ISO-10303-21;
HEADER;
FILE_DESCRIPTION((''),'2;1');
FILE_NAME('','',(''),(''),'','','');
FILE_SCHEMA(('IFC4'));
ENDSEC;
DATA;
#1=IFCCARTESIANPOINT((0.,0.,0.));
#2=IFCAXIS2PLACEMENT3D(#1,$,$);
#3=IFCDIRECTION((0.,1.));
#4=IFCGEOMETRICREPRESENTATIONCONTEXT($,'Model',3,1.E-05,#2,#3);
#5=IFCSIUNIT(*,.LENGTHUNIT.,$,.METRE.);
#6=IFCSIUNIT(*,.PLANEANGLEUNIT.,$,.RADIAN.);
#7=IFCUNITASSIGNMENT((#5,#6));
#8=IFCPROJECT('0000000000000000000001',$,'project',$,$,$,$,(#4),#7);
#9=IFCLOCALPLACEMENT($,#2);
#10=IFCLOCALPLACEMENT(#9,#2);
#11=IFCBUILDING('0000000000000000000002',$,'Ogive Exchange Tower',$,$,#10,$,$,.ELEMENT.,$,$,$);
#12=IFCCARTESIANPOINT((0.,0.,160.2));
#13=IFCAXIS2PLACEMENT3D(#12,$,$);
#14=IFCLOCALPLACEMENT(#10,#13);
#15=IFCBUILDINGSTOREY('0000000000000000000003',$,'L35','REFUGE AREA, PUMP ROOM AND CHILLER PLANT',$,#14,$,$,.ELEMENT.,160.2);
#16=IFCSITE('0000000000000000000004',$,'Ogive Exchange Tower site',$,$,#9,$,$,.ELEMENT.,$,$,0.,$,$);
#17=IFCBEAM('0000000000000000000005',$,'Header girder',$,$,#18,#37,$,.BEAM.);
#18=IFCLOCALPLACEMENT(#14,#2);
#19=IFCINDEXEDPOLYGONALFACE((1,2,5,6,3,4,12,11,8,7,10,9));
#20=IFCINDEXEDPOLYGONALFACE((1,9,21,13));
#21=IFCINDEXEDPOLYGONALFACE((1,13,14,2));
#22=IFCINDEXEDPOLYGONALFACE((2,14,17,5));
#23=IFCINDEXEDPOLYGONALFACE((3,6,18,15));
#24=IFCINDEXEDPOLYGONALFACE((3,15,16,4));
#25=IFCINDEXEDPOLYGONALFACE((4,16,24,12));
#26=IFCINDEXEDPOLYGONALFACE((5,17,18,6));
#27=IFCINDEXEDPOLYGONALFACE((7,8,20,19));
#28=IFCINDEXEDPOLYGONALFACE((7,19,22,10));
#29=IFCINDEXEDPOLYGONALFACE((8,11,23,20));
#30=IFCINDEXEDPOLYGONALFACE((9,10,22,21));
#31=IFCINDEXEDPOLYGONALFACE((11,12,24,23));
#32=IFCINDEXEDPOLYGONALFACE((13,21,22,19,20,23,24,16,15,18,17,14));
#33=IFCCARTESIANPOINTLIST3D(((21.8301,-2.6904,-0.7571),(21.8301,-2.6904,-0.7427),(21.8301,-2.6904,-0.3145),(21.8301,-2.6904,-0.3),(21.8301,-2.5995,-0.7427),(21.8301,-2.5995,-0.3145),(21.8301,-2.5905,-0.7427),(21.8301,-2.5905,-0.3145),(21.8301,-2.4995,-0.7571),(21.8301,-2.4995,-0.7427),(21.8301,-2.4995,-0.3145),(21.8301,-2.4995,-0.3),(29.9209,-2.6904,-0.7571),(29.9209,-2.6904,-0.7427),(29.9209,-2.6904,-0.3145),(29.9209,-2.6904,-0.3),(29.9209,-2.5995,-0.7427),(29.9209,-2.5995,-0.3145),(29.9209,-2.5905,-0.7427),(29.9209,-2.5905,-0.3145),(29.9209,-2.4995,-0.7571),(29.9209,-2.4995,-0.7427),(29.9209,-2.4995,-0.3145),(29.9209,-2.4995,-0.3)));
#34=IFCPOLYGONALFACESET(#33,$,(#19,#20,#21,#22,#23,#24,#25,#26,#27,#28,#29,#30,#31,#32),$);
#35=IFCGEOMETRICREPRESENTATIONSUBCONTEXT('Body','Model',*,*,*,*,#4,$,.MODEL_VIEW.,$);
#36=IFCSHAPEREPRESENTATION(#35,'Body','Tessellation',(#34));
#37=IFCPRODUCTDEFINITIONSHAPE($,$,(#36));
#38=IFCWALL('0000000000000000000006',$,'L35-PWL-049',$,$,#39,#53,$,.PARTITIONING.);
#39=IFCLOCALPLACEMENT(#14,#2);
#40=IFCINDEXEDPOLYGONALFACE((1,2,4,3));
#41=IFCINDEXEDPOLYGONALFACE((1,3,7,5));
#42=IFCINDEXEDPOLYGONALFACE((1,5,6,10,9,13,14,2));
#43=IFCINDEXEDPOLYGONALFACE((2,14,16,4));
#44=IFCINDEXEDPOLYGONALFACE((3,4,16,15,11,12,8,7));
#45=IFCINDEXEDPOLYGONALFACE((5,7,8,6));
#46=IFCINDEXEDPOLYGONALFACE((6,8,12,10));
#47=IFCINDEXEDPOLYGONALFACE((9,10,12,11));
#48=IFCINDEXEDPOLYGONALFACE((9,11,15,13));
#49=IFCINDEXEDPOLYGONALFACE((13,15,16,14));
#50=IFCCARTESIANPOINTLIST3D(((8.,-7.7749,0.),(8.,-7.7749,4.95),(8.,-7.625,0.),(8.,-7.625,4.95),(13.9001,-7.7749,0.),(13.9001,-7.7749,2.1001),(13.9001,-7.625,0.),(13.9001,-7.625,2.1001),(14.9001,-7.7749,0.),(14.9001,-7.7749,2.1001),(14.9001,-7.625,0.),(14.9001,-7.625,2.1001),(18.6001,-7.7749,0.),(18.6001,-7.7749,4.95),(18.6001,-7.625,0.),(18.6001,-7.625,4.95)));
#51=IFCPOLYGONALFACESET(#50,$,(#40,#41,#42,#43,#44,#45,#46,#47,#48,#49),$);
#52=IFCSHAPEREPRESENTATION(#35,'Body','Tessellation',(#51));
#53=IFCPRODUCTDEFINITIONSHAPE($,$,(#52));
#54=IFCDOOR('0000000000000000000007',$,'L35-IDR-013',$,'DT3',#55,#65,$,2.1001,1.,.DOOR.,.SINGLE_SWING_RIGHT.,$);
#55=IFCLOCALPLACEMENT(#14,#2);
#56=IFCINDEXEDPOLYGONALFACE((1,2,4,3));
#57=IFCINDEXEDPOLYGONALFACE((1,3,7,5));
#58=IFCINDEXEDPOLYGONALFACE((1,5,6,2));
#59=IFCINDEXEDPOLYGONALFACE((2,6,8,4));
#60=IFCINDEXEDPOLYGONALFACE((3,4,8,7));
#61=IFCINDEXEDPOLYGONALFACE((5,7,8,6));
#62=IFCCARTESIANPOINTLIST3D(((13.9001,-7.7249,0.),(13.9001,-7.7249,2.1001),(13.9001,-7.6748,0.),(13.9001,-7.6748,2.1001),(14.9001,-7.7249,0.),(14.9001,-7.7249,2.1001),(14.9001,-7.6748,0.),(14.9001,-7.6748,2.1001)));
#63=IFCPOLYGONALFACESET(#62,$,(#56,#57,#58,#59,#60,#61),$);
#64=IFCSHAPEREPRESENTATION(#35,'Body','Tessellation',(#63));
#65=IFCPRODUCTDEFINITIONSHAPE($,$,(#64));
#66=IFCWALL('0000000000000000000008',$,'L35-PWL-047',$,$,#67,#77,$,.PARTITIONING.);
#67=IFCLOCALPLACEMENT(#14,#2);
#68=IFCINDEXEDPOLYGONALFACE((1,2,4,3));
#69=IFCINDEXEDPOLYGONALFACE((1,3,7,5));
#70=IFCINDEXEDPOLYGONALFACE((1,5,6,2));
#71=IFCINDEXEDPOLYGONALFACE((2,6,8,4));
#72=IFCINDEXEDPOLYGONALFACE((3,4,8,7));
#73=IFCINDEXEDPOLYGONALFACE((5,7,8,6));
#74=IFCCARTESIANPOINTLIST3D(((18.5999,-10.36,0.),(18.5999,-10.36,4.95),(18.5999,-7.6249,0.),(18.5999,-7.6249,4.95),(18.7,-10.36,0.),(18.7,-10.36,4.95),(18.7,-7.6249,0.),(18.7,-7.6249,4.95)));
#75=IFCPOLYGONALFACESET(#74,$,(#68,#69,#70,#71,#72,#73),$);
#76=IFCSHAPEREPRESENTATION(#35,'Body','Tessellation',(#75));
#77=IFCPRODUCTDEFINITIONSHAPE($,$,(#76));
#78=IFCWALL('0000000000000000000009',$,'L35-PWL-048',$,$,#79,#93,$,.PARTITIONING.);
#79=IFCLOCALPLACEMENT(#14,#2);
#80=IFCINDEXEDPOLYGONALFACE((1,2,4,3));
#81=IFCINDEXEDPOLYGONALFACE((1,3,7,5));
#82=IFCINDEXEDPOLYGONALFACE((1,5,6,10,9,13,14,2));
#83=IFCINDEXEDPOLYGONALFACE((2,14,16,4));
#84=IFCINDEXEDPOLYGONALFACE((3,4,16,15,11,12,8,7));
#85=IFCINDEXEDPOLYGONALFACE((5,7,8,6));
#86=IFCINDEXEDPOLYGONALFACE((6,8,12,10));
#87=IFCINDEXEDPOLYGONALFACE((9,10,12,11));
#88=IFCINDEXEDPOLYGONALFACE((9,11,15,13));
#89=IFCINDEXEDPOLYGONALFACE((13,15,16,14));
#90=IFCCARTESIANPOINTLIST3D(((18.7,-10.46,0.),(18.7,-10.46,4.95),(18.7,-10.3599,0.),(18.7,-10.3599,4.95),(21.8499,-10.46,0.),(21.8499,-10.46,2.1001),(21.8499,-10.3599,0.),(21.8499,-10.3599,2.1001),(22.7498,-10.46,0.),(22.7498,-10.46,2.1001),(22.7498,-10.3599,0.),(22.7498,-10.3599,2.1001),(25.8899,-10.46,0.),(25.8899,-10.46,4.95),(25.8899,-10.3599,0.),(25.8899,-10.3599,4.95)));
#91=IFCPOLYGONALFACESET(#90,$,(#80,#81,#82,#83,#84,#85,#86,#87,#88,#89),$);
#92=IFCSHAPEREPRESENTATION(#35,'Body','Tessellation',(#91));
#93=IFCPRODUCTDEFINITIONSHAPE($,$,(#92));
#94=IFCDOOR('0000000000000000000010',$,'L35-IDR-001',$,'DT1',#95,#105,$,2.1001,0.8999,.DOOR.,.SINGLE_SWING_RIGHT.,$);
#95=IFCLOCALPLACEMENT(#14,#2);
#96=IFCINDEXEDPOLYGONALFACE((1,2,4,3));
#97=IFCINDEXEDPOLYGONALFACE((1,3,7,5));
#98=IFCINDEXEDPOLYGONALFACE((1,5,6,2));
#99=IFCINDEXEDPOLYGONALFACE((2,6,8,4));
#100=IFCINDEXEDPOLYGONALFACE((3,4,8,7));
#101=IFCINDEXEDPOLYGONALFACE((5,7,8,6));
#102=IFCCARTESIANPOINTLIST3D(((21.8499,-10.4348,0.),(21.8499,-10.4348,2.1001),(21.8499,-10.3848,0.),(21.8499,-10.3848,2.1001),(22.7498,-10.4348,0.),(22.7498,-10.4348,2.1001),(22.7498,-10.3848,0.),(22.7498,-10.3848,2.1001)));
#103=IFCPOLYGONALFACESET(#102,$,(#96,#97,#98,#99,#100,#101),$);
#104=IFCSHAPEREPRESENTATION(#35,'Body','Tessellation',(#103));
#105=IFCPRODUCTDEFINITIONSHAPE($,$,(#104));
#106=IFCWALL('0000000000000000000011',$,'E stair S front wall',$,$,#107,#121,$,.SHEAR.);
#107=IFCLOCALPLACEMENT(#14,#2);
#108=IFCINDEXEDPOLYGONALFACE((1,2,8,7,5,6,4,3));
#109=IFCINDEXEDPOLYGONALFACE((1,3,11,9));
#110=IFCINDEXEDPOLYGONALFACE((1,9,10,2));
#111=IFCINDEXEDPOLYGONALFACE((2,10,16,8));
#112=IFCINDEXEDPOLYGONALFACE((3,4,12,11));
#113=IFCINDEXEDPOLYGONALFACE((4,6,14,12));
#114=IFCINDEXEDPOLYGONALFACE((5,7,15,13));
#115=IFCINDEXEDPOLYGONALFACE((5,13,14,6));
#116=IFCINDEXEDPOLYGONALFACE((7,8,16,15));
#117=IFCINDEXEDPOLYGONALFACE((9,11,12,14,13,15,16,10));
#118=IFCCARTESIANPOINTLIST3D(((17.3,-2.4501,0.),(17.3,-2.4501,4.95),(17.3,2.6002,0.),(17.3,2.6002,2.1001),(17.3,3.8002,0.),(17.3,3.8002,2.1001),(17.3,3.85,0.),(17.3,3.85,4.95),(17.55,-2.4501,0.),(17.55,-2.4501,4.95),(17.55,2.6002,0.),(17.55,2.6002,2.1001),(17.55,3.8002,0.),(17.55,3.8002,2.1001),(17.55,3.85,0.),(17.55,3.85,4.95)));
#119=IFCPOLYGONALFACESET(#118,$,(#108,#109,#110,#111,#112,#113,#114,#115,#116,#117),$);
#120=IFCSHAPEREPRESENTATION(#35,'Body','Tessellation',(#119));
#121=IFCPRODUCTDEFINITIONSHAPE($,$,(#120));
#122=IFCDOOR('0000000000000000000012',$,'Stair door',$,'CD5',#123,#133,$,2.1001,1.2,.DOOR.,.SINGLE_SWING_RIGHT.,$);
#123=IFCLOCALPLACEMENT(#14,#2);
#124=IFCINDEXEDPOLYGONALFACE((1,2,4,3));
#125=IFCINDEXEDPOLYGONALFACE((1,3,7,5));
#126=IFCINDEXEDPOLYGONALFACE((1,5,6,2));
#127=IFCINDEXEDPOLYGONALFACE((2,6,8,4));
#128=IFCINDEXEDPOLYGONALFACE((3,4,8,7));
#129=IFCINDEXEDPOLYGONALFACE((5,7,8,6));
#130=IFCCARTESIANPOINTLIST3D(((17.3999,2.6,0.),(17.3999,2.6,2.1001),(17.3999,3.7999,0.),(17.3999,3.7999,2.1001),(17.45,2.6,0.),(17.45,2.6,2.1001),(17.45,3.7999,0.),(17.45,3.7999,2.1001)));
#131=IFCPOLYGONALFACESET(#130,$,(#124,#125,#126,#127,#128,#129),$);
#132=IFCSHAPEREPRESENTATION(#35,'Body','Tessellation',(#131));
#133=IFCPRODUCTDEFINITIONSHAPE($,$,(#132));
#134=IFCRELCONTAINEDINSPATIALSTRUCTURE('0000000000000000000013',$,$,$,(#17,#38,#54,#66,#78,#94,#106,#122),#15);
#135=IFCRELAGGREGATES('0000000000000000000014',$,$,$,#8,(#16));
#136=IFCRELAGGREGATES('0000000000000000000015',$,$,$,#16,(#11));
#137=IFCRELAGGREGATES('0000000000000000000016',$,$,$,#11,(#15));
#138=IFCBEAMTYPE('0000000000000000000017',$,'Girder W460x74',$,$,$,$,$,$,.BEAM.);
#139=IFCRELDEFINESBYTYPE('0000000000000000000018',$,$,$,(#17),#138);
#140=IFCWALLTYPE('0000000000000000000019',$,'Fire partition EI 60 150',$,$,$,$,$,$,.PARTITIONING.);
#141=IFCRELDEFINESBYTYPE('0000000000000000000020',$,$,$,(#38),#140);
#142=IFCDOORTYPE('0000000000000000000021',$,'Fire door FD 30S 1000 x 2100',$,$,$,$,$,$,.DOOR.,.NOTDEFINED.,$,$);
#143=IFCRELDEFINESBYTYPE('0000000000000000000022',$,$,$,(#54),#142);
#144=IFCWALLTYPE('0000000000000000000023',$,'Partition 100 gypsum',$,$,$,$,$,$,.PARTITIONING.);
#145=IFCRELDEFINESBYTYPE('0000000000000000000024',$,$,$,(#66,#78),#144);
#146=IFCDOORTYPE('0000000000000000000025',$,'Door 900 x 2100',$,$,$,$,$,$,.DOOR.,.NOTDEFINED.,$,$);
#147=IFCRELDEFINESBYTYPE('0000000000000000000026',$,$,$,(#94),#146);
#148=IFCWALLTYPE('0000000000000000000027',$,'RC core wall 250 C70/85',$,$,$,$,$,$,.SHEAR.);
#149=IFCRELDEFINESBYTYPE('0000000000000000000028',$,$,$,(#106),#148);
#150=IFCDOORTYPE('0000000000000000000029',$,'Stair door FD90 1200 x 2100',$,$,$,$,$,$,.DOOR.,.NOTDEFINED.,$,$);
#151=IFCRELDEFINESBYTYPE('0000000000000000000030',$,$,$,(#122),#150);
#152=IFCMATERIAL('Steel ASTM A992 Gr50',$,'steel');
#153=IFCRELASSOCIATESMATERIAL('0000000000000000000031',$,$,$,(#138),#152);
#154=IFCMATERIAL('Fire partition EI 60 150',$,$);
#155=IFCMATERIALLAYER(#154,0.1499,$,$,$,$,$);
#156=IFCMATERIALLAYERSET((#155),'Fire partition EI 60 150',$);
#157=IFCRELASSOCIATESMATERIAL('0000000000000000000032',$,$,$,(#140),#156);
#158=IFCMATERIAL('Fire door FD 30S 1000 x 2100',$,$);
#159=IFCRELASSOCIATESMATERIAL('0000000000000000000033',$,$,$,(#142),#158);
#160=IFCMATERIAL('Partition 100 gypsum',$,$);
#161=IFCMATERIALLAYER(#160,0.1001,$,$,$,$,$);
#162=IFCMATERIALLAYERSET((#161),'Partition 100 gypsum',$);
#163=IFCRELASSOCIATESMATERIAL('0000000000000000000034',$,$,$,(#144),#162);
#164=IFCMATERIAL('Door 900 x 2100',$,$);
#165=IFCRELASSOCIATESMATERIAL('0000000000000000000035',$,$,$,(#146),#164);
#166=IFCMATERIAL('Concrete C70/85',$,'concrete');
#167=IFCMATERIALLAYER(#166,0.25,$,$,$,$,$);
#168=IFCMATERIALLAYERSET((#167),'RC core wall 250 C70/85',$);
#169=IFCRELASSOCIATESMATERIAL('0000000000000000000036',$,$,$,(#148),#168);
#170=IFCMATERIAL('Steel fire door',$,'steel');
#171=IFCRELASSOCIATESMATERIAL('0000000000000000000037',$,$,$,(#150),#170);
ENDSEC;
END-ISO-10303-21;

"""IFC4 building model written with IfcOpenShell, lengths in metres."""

from ifc_helpers import new_model, si_unit, direction, frame, frame_2d, origin, origin_2d, place, context, subcontext, project, spatial, rectangle, i_section, extrude, material, layer, layer_set, material_profile, profile_set, type_object, element, fill, save


model = new_model("IFC4")

# Units and contexts
model_context = context("Model", 3, precision=1e-05, world=origin(), true_north=direction((0.0, 1.0)))
body_context = subcontext(model_context, "Body", "Model", "MODEL_VIEW")
ifc_project = project(units=[si_unit("LENGTHUNIT", "METRE"), si_unit("PLANEANGLEUNIT", "RADIAN")], contexts=[model_context])

# Site, building, storey
site_placement = place(None, origin())
site = spatial("IfcSite", under=ifc_project, at=site_placement, Name="Ogive Exchange Tower site", CompositionType="ELEMENT", RefElevation=0.0)
building_placement = place(site_placement, origin())
building = spatial("IfcBuilding", under=site, at=building_placement, Name="Ogive Exchange Tower", CompositionType="ELEMENT")
storey_placement = place(building_placement, frame((0.0, 0.0, 160.2)))
storey = spatial("IfcBuildingStorey", under=building, at=storey_placement, Name="L35", Description="REFUGE AREA, PUMP ROOM AND CHILLER PLANT", CompositionType="ELEMENT", Elevation=160.2)

# Beam
ifc_material_1 = material(Name="Steel ASTM A992 Gr50", Category="steel")
ifc_material_profile = material_profile(ifc_material_1, i_section(OverallWidth=0.1909, OverallDepth=0.457, WebThickness=0.009, FlangeThickness=0.0144, at=origin_2d()), Name="W460x74")
ifc_profile_set = profile_set([ifc_material_profile], Name="Steel ASTM A992 Gr50")
beam_type = type_object("IfcBeamType", Name="Girder W460x74", PredefinedType="BEAM", material=ifc_profile_set)
beam_placement = place(storey_placement, frame((21.8301, -2.595, -0.5286), z_axis=(1.0, 0.0, 0.0), x_axis=(0.0, 1.0, 0.0)))
element("IfcBeam", 1, at=beam_placement, inside=storey, type_object=beam_type, Name="Header girder", PredefinedType="BEAM", context=body_context, shape_type="SweptSolid", body=[
    extrude(i_section(OverallWidth=0.1909, OverallDepth=0.457, WebThickness=0.009, FlangeThickness=0.0144, at=origin_2d()), origin(), (0.0, 0.0, 1.0), 8.0908),
])

# Wall, opening, door
ifc_material_2 = material(Name="Fire partition EI 60 150")
ifc_layer_1 = layer(ifc_material_2, 0.1499)
ifc_layer_set_1 = layer_set([ifc_layer_1], Name="Fire partition EI 60 150")
wall_type_1 = type_object("IfcWallType", Name="Fire partition EI 60 150", PredefinedType="PARTITIONING", material=ifc_layer_set_1)
wall_1_placement = place(storey_placement, frame((18.6001, -7.7, 0.0), z_axis=(0.0, 0.0, 1.0), x_axis=(-1.0, 0.0, 0.0)))
wall_1 = element("IfcWall", 2, at=wall_1_placement, inside=storey, type_object=wall_type_1, Name="L35-PWL-049", PredefinedType="PARTITIONING", context=body_context, shape_type="SweptSolid", body=[
    extrude(rectangle(XDim=10.6001, YDim=0.1499, at=frame_2d((5.3, 0.0))), origin(), (0.0, 0.0, 1.0), 4.95),
])
opening_1_placement = place(wall_1_placement, frame((3.7, 0.0, 0.0)))
opening_1 = element("IfcOpeningElement", 3, at=opening_1_placement, cuts=wall_1, PredefinedType="OPENING", context=body_context, shape_type="SweptSolid", body=[
    extrude(rectangle(XDim=1.0, YDim=2.1001, at=frame_2d((0.5, 1.05))), frame((0.0, 0.085, 0.0), z_axis=(0.0, -1.0, 0.0), x_axis=(1.0, 0.0, 0.0)), (0.0, 0.0, 1.0), 0.1699),
])
ifc_material_3 = material(Name="Fire door FD 30S 1000 x 2100")
door_type_1 = type_object("IfcDoorType", Name="Fire door FD 30S 1000 x 2100", OperationType="NOTDEFINED", PredefinedType="DOOR", material=ifc_material_3)
door_1_placement = place(opening_1_placement, origin())
door_1 = element("IfcDoor", 4, at=door_1_placement, inside=storey, type_object=door_type_1, Name="L35-IDR-013", ObjectType="DT3", OperationType="SINGLE_SWING_RIGHT", OverallHeight=2.1001, OverallWidth=1.0, PredefinedType="DOOR", context=body_context, shape_type="SweptSolid", body=[
    extrude(rectangle(XDim=1.0, YDim=2.1001, at=frame_2d((0.5, 1.05))), frame((0.0, 0.0249, 0.0), z_axis=(0.0, -1.0, 0.0), x_axis=(1.0, 0.0, 0.0)), (0.0, 0.0, 1.0), 0.05),
])
fill(opening_1, door_1)

# Wall
ifc_material_4 = material(Name="Partition 100 gypsum")
ifc_layer_2 = layer(ifc_material_4, 0.1001)
ifc_layer_set_2 = layer_set([ifc_layer_2], Name="Partition 100 gypsum")
wall_type_2 = type_object("IfcWallType", Name="Partition 100 gypsum", PredefinedType="PARTITIONING", material=ifc_layer_set_2)
wall_2_placement = place(storey_placement, frame((18.6499, -10.3601, 0.0), z_axis=(0.0, 0.0, 1.0), x_axis=(0.0, 1.0, 0.0)))
element("IfcWall", 5, at=wall_2_placement, inside=storey, type_object=wall_type_2, Name="L35-PWL-047", PredefinedType="PARTITIONING", context=body_context, shape_type="SweptSolid", body=[
    extrude(rectangle(XDim=2.7351, YDim=0.1001, at=frame_2d((1.3677, 0.0))), origin(), (0.0, 0.0, 1.0), 4.95),
])

# Walls, openings, doors
wall_3_placement = place(storey_placement, frame((18.7, -10.4099, 0.0), z_axis=(0.0, 0.0, 1.0), x_axis=(1.0, 0.0, 0.0)))
wall_3 = element("IfcWall", 6, at=wall_3_placement, inside=storey, type_object=wall_type_2, Name="L35-PWL-048", PredefinedType="PARTITIONING", context=body_context, shape_type="SweptSolid", body=[
    extrude(rectangle(XDim=7.1899, YDim=0.1001, at=frame_2d((3.595, 0.0))), origin(), (0.0, 0.0, 1.0), 4.95),
])
opening_2_placement = place(wall_3_placement, frame((3.1499, 0.0, 0.0)))
opening_2 = element("IfcOpeningElement", 7, at=opening_2_placement, cuts=wall_3, PredefinedType="OPENING", context=body_context, shape_type="SweptSolid", body=[
    extrude(rectangle(XDim=0.8999, YDim=2.1001, at=frame_2d((0.45, 1.05))), frame((0.0, 0.0601, 0.0), z_axis=(0.0, -1.0, 0.0), x_axis=(1.0, 0.0, 0.0)), (0.0, 0.0, 1.0), 0.1201),
])
ifc_material_5 = material(Name="Door 900 x 2100")
door_type_2 = type_object("IfcDoorType", Name="Door 900 x 2100", OperationType="NOTDEFINED", PredefinedType="DOOR", material=ifc_material_5)
door_2_placement = place(opening_2_placement, frame((0.8999, 0.0, 0.0), z_axis=(0.0, 0.0, 1.0), x_axis=(-1.0, 0.0, 0.0)))
door_2 = element("IfcDoor", 8, at=door_2_placement, inside=storey, type_object=door_type_2, Name="L35-IDR-001", ObjectType="DT1", OperationType="SINGLE_SWING_RIGHT", OverallHeight=2.1001, OverallWidth=0.8999, PredefinedType="DOOR", context=body_context, shape_type="SweptSolid", body=[
    extrude(rectangle(XDim=0.8999, YDim=2.1001, at=frame_2d((0.45, 1.05))), frame((0.0, 0.0249, 0.0), z_axis=(0.0, -1.0, 0.0), x_axis=(1.0, 0.0, 0.0)), (0.0, 0.0, 1.0), 0.05),
])
fill(opening_2, door_2)
ifc_material_6 = material(Name="Concrete C70/85", Category="concrete")
ifc_layer_3 = layer(ifc_material_6, 0.25)
ifc_layer_set_3 = layer_set([ifc_layer_3], Name="RC core wall 250 C70/85")
wall_type_3 = type_object("IfcWallType", Name="RC core wall 250 C70/85", PredefinedType="SHEAR", material=ifc_layer_set_3)
wall_4_placement = place(storey_placement, frame((17.425, -2.45, 0.0), z_axis=(0.0, 0.0, 1.0), x_axis=(0.0, 1.0, 0.0)))
wall_4 = element("IfcWall", 9, at=wall_4_placement, inside=storey, type_object=wall_type_3, Name="E stair S front wall", PredefinedType="SHEAR", context=body_context, shape_type="SweptSolid", body=[
    extrude(rectangle(XDim=6.3, YDim=0.25, at=frame_2d((3.1499, 0.0))), origin(), (0.0, 0.0, 1.0), 4.95),
])
opening_3_placement = place(wall_4_placement, frame((5.05, 0.0, 0.0)))
opening_3 = element("IfcOpeningElement", 10, at=opening_3_placement, cuts=wall_4, PredefinedType="OPENING", context=body_context, shape_type="SweptSolid", body=[
    extrude(rectangle(XDim=1.2, YDim=2.1001, at=frame_2d((0.6001, 1.05))), frame((0.0, 0.135, 0.0), z_axis=(0.0, -1.0, 0.0), x_axis=(1.0, 0.0, 0.0)), (0.0, 0.0, 1.0), 0.27),
])
ifc_material_7 = material(Name="Steel fire door", Category="steel")
door_type_3 = type_object("IfcDoorType", Name="Stair door FD90 1200 x 2100", OperationType="NOTDEFINED", PredefinedType="DOOR", material=ifc_material_7)
door_3_placement = place(opening_3_placement, frame((1.2, 0.0, 0.0), z_axis=(0.0, 0.0, 1.0), x_axis=(-1.0, 0.0, 0.0)))
door_3 = element("IfcDoor", 11, at=door_3_placement, inside=storey, type_object=door_type_3, Name="Stair door", ObjectType="CD5", OperationType="SINGLE_SWING_RIGHT", OverallHeight=2.1001, OverallWidth=1.2, PredefinedType="DOOR", context=body_context, shape_type="SweptSolid", body=[
    extrude(rectangle(XDim=1.2, YDim=2.1001, at=frame_2d((0.6001, 1.05))), frame((0.0, 0.0249, 0.0), z_axis=(0.0, -1.0, 0.0), x_axis=(1.0, 0.0, 0.0)), (0.0, 0.0, 1.0), 0.05),
])
fill(opening_3, door_3)

save(model, "model.ifc")
